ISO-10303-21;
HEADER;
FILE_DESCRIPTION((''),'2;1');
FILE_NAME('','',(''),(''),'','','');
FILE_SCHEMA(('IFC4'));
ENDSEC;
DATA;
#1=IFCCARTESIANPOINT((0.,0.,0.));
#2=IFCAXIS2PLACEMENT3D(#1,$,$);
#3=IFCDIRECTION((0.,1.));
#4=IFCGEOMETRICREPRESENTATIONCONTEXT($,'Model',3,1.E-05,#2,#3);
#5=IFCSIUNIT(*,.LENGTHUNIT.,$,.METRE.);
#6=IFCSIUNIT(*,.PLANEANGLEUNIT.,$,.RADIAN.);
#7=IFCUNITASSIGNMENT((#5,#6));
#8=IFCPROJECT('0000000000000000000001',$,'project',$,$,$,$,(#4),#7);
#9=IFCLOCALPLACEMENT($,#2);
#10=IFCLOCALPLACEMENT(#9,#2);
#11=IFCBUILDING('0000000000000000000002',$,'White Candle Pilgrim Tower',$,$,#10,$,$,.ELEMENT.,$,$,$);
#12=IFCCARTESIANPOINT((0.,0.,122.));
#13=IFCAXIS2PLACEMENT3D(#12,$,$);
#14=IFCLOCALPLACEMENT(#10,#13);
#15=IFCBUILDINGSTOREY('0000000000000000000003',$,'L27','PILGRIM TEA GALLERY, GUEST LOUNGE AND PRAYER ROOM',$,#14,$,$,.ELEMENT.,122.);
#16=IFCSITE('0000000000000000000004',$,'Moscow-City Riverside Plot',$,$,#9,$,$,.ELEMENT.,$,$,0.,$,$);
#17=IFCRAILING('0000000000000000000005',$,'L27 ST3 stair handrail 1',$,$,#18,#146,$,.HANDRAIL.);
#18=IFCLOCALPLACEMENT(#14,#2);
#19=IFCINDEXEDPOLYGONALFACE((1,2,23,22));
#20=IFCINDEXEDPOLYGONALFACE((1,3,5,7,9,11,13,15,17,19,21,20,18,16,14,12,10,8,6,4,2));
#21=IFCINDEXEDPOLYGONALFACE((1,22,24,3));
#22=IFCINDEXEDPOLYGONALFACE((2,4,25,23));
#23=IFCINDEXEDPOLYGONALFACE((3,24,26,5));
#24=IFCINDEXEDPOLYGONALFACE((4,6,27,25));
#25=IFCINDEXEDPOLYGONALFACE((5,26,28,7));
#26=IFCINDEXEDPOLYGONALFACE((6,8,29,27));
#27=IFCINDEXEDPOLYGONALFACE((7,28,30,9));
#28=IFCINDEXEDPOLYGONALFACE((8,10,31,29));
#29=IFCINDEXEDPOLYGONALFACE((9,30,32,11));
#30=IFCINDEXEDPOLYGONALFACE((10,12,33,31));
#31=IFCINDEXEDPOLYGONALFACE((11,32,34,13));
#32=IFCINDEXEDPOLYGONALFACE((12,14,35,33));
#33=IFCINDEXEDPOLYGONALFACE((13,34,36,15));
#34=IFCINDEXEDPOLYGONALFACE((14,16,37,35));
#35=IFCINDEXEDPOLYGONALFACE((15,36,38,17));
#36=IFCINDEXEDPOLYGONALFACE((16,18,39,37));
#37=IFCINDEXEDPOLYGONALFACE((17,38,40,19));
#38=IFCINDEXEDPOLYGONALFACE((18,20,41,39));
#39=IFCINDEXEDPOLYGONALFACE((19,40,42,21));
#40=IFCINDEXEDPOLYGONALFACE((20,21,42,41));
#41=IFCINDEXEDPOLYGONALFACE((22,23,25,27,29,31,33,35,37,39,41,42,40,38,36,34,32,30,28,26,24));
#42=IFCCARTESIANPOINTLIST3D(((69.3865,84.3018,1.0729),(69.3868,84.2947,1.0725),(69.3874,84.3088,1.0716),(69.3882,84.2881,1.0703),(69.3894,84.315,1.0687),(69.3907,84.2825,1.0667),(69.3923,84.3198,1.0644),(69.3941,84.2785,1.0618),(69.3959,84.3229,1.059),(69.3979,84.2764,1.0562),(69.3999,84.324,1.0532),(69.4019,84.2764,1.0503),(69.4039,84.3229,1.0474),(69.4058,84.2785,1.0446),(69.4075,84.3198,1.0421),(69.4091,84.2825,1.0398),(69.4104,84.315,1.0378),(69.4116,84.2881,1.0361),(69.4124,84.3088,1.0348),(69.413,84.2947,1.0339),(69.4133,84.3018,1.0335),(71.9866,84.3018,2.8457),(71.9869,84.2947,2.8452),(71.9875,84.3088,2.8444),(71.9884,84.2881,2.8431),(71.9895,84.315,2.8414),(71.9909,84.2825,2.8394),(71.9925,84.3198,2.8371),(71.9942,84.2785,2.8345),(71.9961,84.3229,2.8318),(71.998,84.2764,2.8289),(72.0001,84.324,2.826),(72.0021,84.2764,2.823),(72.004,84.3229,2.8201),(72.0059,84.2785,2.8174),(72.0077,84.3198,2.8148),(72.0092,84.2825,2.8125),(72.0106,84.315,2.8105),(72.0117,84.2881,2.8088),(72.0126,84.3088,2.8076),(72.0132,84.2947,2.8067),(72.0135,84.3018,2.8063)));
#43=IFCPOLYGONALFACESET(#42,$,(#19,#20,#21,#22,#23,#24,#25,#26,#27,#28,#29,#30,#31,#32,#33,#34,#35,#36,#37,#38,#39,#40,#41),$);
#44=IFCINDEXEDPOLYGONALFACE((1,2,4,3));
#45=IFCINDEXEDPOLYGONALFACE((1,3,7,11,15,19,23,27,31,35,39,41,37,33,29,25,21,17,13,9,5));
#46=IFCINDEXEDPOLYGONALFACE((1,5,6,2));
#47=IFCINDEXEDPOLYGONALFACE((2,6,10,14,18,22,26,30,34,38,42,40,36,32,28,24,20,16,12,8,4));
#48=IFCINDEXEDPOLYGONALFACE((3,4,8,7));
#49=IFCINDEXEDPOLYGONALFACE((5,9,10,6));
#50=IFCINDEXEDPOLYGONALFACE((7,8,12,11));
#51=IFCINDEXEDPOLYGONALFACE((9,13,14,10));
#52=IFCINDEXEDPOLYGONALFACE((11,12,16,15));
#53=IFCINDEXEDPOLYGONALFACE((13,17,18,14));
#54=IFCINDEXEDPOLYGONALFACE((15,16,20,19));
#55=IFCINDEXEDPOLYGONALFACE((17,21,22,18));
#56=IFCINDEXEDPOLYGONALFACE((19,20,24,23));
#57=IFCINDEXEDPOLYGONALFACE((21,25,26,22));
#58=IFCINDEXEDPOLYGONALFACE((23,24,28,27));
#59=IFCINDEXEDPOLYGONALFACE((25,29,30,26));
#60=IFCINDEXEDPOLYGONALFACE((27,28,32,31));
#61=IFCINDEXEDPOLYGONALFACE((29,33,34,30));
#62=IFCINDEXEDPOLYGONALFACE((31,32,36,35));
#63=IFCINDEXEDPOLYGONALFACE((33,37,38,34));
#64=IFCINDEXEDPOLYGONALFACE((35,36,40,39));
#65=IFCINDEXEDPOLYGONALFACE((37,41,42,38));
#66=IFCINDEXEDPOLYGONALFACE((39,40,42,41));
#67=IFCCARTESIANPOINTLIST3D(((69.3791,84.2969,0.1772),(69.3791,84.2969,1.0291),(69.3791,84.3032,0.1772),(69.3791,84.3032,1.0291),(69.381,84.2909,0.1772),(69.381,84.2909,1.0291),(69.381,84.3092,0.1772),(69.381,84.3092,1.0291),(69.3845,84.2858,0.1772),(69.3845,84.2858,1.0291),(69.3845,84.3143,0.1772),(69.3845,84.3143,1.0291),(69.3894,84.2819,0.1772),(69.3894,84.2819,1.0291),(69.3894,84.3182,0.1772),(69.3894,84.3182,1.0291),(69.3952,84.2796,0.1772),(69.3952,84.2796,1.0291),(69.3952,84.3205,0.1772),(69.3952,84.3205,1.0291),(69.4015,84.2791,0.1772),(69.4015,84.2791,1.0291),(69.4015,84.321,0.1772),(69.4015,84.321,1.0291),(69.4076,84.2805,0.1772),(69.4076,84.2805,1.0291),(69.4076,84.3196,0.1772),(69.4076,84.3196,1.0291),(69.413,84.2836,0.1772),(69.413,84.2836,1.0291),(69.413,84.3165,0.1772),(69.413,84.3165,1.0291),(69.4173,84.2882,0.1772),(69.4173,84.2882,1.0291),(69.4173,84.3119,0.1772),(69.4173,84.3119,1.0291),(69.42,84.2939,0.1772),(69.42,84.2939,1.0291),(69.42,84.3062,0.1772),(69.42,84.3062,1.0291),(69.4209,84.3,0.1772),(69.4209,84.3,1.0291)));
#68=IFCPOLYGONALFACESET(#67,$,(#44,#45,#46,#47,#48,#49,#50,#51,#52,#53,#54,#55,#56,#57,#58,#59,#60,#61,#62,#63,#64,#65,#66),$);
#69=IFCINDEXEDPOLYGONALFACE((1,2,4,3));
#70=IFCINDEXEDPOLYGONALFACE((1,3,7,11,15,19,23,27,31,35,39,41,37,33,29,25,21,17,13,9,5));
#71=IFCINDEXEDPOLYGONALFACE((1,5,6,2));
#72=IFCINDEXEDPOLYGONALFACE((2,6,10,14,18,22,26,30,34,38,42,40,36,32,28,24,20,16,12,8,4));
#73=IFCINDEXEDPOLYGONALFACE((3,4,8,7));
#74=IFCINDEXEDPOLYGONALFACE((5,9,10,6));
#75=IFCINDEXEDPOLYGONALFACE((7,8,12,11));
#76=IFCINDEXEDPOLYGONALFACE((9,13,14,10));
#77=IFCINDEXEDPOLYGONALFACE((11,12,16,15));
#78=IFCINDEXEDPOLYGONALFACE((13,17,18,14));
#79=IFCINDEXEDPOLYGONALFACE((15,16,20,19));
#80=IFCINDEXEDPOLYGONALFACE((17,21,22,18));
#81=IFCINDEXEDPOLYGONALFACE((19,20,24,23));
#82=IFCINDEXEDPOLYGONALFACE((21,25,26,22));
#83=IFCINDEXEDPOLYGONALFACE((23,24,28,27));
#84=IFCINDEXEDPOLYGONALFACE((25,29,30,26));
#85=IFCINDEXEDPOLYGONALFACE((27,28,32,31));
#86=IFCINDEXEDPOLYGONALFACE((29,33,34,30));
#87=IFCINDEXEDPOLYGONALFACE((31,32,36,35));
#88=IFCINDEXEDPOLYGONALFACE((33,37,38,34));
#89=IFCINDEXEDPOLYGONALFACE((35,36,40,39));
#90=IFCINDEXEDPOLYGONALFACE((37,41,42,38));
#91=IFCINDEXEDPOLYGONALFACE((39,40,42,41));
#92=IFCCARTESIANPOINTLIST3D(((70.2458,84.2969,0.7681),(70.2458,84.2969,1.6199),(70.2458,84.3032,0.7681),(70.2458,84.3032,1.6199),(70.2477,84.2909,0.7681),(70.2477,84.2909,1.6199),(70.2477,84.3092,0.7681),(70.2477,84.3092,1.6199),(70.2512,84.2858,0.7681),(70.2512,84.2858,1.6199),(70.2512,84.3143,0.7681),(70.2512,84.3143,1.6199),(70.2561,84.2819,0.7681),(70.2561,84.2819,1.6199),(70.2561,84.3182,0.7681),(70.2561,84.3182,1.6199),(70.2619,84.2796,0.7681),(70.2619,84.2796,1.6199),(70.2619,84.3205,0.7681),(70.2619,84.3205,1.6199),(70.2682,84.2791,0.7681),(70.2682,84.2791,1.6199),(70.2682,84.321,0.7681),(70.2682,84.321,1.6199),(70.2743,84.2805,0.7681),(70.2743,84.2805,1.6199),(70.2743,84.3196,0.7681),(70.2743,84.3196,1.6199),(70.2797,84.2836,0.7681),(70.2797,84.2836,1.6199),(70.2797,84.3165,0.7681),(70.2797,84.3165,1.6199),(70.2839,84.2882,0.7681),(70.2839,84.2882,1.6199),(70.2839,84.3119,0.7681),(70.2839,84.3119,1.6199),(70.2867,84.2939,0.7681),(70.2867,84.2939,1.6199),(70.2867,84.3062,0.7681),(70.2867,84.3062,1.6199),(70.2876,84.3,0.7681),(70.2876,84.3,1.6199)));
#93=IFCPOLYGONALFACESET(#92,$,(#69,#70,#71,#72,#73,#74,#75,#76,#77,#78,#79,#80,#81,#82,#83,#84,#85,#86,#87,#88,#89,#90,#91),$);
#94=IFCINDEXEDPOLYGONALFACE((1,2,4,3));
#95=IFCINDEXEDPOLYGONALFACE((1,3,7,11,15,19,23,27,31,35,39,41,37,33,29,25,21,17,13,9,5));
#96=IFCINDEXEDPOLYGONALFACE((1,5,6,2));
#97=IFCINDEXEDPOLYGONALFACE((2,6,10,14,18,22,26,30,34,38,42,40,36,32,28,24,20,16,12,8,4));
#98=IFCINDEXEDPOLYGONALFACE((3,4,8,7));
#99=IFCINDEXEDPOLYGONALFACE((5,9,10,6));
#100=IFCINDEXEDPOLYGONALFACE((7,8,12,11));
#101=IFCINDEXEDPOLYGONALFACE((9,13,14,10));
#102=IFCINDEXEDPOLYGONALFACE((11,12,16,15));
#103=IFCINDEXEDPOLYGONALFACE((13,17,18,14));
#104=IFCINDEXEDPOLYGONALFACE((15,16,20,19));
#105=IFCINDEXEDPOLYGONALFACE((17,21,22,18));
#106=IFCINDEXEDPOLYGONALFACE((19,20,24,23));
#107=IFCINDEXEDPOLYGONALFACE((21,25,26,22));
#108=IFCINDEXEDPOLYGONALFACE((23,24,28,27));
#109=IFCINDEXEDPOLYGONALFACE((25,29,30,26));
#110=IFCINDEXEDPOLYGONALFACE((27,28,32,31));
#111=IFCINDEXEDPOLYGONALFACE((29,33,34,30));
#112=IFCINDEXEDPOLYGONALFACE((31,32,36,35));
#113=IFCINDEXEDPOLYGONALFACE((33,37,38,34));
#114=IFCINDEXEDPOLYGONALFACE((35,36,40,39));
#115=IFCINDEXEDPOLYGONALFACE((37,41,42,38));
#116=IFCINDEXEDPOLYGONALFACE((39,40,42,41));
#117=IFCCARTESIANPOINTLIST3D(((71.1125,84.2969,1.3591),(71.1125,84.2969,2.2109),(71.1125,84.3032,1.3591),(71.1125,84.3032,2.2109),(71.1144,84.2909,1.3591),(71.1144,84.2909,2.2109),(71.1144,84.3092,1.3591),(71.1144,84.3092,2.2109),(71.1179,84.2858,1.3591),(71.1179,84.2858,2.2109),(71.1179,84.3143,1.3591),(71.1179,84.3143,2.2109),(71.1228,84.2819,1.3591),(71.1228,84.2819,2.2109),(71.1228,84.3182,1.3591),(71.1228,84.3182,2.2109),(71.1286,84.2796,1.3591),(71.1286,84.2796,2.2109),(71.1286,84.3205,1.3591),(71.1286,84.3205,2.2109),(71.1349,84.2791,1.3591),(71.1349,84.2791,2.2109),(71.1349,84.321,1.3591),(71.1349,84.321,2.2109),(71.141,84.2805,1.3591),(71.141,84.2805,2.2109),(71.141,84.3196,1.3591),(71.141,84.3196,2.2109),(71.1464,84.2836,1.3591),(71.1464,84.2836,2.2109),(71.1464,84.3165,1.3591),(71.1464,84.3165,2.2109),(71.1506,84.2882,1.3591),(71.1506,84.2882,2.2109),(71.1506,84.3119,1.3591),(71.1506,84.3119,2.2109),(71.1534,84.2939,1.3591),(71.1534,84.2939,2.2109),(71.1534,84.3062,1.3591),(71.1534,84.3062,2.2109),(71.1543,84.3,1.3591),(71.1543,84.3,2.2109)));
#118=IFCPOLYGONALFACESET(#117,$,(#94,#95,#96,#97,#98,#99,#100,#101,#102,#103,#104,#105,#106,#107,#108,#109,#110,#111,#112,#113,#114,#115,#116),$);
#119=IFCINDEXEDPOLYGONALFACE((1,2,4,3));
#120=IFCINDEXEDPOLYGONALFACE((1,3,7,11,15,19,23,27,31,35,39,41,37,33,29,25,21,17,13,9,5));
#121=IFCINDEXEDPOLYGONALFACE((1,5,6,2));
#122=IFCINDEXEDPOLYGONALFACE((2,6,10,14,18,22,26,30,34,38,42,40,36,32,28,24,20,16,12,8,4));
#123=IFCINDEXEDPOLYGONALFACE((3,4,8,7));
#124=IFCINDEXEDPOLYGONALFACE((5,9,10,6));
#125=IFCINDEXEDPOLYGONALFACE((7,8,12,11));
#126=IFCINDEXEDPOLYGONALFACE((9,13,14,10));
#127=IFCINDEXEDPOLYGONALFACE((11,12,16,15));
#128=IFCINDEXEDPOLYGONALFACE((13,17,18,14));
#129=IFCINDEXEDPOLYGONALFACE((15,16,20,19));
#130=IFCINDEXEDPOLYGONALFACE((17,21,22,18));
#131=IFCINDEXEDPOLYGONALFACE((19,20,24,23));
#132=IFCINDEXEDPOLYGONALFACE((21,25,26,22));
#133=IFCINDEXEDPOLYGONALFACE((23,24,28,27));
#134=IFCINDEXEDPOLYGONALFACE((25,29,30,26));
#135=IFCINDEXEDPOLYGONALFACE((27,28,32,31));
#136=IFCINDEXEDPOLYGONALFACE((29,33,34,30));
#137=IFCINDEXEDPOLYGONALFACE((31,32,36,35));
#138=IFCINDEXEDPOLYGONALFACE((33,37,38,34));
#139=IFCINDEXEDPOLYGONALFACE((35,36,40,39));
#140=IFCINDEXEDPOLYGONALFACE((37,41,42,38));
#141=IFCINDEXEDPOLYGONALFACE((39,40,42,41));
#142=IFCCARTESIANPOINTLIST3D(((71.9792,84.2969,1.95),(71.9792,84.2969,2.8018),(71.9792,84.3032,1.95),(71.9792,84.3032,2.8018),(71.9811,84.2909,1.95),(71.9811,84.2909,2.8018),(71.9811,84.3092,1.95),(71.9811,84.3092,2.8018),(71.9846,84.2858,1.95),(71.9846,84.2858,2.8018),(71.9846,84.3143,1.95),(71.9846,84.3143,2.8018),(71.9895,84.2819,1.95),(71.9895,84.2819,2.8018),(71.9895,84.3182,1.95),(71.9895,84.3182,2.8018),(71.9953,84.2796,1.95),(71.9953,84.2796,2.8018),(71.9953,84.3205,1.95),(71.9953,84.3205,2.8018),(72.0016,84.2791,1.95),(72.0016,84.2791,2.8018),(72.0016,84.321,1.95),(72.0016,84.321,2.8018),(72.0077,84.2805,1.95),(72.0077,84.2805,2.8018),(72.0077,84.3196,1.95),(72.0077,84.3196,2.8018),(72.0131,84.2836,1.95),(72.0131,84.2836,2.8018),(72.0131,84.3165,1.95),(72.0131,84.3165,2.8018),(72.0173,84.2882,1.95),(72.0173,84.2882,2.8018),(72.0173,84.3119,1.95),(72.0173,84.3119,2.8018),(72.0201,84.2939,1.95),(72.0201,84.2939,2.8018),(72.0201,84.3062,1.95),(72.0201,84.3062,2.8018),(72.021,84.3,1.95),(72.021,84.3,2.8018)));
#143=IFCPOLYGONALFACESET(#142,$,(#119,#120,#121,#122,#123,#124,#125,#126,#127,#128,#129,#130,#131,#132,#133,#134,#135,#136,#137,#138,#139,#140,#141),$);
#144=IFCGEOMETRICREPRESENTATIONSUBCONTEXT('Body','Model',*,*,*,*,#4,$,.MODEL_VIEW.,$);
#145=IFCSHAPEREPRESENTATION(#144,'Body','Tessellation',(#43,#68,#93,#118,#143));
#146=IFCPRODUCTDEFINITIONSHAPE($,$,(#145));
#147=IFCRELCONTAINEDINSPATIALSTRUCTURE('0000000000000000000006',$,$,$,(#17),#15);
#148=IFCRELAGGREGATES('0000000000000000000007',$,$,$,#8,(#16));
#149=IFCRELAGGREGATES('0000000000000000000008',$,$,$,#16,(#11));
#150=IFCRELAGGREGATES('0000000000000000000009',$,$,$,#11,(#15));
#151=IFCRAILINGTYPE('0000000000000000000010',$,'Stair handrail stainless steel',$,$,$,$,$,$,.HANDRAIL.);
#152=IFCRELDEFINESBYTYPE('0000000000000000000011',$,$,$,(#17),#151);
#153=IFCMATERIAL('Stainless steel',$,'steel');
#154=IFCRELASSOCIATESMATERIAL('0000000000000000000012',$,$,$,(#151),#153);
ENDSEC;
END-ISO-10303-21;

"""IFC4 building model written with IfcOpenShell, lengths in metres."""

from ifc_helpers import new_model, si_unit, direction, frame, origin, origin_2d, place, context, subcontext, project, spatial, circle, extrude, material, type_object, element, save


model = new_model("IFC4")

# Units and contexts
model_context = context("Model", 3, precision=1e-05, world=origin(), true_north=direction((0.0, 1.0)))
body_context = subcontext(model_context, "Body", "Model", "MODEL_VIEW")
ifc_project = project(units=[si_unit("LENGTHUNIT", "METRE"), si_unit("PLANEANGLEUNIT", "RADIAN")], contexts=[model_context])

# Site, building, storey
site_placement = place(None, origin())
site = spatial("IfcSite", under=ifc_project, at=site_placement, Name="Moscow-City Riverside Plot", CompositionType="ELEMENT", RefElevation=0.0)
building_placement = place(site_placement, origin())
building = spatial("IfcBuilding", under=site, at=building_placement, Name="White Candle Pilgrim Tower", CompositionType="ELEMENT")
storey_placement = place(building_placement, frame((0.0, 0.0, 122.0)))
storey = spatial("IfcBuildingStorey", under=building, at=storey_placement, Name="L27", Description="PILGRIM TEA GALLERY, GUEST LOUNGE AND PRAYER ROOM", CompositionType="ELEMENT", Elevation=122.0)

# Railing
ifc_material_1 = material(Name="Stainless steel", Category="steel")
railing_type_1 = type_object("IfcRailingType", Name="Stair handrail stainless steel", PredefinedType="HANDRAIL", material=ifc_material_1)
railing_1_placement = place(storey_placement, frame((69.3999, 84.3, 0.1772)))
element("IfcRailing", 1, at=railing_1_placement, inside=storey, type_object=railing_type_1, Name="L27 ST3 stair handrail 1", PredefinedType="HANDRAIL", context=body_context, shape_type="SweptSolid", body=[
    extrude(circle(Radius=0.0239, at=origin_2d()), frame((0.0, 0.0, 0.876), z_axis=(0.82624, 0.0, 0.563318), x_axis=(0.0, 1.0, 0.0)), (0.0, 0.0, 1.0), 3.147),
    extrude(circle(Radius=0.021, at=origin_2d()), origin(), (0.0, 0.0, 1.0), 0.8518),
    extrude(circle(Radius=0.021, at=origin_2d()), frame((0.8667, 0.0, 0.5908)), (0.0, 0.0, 1.0), 0.8518),
    extrude(circle(Radius=0.021, at=origin_2d()), frame((1.7334, 0.0, 1.1819)), (0.0, 0.0, 1.0), 0.8518),
    extrude(circle(Radius=0.021, at=origin_2d()), frame((2.6001, 0.0, 1.7727)), (0.0, 0.0, 1.0), 0.8518),
])

save(model, "model.ifc")
